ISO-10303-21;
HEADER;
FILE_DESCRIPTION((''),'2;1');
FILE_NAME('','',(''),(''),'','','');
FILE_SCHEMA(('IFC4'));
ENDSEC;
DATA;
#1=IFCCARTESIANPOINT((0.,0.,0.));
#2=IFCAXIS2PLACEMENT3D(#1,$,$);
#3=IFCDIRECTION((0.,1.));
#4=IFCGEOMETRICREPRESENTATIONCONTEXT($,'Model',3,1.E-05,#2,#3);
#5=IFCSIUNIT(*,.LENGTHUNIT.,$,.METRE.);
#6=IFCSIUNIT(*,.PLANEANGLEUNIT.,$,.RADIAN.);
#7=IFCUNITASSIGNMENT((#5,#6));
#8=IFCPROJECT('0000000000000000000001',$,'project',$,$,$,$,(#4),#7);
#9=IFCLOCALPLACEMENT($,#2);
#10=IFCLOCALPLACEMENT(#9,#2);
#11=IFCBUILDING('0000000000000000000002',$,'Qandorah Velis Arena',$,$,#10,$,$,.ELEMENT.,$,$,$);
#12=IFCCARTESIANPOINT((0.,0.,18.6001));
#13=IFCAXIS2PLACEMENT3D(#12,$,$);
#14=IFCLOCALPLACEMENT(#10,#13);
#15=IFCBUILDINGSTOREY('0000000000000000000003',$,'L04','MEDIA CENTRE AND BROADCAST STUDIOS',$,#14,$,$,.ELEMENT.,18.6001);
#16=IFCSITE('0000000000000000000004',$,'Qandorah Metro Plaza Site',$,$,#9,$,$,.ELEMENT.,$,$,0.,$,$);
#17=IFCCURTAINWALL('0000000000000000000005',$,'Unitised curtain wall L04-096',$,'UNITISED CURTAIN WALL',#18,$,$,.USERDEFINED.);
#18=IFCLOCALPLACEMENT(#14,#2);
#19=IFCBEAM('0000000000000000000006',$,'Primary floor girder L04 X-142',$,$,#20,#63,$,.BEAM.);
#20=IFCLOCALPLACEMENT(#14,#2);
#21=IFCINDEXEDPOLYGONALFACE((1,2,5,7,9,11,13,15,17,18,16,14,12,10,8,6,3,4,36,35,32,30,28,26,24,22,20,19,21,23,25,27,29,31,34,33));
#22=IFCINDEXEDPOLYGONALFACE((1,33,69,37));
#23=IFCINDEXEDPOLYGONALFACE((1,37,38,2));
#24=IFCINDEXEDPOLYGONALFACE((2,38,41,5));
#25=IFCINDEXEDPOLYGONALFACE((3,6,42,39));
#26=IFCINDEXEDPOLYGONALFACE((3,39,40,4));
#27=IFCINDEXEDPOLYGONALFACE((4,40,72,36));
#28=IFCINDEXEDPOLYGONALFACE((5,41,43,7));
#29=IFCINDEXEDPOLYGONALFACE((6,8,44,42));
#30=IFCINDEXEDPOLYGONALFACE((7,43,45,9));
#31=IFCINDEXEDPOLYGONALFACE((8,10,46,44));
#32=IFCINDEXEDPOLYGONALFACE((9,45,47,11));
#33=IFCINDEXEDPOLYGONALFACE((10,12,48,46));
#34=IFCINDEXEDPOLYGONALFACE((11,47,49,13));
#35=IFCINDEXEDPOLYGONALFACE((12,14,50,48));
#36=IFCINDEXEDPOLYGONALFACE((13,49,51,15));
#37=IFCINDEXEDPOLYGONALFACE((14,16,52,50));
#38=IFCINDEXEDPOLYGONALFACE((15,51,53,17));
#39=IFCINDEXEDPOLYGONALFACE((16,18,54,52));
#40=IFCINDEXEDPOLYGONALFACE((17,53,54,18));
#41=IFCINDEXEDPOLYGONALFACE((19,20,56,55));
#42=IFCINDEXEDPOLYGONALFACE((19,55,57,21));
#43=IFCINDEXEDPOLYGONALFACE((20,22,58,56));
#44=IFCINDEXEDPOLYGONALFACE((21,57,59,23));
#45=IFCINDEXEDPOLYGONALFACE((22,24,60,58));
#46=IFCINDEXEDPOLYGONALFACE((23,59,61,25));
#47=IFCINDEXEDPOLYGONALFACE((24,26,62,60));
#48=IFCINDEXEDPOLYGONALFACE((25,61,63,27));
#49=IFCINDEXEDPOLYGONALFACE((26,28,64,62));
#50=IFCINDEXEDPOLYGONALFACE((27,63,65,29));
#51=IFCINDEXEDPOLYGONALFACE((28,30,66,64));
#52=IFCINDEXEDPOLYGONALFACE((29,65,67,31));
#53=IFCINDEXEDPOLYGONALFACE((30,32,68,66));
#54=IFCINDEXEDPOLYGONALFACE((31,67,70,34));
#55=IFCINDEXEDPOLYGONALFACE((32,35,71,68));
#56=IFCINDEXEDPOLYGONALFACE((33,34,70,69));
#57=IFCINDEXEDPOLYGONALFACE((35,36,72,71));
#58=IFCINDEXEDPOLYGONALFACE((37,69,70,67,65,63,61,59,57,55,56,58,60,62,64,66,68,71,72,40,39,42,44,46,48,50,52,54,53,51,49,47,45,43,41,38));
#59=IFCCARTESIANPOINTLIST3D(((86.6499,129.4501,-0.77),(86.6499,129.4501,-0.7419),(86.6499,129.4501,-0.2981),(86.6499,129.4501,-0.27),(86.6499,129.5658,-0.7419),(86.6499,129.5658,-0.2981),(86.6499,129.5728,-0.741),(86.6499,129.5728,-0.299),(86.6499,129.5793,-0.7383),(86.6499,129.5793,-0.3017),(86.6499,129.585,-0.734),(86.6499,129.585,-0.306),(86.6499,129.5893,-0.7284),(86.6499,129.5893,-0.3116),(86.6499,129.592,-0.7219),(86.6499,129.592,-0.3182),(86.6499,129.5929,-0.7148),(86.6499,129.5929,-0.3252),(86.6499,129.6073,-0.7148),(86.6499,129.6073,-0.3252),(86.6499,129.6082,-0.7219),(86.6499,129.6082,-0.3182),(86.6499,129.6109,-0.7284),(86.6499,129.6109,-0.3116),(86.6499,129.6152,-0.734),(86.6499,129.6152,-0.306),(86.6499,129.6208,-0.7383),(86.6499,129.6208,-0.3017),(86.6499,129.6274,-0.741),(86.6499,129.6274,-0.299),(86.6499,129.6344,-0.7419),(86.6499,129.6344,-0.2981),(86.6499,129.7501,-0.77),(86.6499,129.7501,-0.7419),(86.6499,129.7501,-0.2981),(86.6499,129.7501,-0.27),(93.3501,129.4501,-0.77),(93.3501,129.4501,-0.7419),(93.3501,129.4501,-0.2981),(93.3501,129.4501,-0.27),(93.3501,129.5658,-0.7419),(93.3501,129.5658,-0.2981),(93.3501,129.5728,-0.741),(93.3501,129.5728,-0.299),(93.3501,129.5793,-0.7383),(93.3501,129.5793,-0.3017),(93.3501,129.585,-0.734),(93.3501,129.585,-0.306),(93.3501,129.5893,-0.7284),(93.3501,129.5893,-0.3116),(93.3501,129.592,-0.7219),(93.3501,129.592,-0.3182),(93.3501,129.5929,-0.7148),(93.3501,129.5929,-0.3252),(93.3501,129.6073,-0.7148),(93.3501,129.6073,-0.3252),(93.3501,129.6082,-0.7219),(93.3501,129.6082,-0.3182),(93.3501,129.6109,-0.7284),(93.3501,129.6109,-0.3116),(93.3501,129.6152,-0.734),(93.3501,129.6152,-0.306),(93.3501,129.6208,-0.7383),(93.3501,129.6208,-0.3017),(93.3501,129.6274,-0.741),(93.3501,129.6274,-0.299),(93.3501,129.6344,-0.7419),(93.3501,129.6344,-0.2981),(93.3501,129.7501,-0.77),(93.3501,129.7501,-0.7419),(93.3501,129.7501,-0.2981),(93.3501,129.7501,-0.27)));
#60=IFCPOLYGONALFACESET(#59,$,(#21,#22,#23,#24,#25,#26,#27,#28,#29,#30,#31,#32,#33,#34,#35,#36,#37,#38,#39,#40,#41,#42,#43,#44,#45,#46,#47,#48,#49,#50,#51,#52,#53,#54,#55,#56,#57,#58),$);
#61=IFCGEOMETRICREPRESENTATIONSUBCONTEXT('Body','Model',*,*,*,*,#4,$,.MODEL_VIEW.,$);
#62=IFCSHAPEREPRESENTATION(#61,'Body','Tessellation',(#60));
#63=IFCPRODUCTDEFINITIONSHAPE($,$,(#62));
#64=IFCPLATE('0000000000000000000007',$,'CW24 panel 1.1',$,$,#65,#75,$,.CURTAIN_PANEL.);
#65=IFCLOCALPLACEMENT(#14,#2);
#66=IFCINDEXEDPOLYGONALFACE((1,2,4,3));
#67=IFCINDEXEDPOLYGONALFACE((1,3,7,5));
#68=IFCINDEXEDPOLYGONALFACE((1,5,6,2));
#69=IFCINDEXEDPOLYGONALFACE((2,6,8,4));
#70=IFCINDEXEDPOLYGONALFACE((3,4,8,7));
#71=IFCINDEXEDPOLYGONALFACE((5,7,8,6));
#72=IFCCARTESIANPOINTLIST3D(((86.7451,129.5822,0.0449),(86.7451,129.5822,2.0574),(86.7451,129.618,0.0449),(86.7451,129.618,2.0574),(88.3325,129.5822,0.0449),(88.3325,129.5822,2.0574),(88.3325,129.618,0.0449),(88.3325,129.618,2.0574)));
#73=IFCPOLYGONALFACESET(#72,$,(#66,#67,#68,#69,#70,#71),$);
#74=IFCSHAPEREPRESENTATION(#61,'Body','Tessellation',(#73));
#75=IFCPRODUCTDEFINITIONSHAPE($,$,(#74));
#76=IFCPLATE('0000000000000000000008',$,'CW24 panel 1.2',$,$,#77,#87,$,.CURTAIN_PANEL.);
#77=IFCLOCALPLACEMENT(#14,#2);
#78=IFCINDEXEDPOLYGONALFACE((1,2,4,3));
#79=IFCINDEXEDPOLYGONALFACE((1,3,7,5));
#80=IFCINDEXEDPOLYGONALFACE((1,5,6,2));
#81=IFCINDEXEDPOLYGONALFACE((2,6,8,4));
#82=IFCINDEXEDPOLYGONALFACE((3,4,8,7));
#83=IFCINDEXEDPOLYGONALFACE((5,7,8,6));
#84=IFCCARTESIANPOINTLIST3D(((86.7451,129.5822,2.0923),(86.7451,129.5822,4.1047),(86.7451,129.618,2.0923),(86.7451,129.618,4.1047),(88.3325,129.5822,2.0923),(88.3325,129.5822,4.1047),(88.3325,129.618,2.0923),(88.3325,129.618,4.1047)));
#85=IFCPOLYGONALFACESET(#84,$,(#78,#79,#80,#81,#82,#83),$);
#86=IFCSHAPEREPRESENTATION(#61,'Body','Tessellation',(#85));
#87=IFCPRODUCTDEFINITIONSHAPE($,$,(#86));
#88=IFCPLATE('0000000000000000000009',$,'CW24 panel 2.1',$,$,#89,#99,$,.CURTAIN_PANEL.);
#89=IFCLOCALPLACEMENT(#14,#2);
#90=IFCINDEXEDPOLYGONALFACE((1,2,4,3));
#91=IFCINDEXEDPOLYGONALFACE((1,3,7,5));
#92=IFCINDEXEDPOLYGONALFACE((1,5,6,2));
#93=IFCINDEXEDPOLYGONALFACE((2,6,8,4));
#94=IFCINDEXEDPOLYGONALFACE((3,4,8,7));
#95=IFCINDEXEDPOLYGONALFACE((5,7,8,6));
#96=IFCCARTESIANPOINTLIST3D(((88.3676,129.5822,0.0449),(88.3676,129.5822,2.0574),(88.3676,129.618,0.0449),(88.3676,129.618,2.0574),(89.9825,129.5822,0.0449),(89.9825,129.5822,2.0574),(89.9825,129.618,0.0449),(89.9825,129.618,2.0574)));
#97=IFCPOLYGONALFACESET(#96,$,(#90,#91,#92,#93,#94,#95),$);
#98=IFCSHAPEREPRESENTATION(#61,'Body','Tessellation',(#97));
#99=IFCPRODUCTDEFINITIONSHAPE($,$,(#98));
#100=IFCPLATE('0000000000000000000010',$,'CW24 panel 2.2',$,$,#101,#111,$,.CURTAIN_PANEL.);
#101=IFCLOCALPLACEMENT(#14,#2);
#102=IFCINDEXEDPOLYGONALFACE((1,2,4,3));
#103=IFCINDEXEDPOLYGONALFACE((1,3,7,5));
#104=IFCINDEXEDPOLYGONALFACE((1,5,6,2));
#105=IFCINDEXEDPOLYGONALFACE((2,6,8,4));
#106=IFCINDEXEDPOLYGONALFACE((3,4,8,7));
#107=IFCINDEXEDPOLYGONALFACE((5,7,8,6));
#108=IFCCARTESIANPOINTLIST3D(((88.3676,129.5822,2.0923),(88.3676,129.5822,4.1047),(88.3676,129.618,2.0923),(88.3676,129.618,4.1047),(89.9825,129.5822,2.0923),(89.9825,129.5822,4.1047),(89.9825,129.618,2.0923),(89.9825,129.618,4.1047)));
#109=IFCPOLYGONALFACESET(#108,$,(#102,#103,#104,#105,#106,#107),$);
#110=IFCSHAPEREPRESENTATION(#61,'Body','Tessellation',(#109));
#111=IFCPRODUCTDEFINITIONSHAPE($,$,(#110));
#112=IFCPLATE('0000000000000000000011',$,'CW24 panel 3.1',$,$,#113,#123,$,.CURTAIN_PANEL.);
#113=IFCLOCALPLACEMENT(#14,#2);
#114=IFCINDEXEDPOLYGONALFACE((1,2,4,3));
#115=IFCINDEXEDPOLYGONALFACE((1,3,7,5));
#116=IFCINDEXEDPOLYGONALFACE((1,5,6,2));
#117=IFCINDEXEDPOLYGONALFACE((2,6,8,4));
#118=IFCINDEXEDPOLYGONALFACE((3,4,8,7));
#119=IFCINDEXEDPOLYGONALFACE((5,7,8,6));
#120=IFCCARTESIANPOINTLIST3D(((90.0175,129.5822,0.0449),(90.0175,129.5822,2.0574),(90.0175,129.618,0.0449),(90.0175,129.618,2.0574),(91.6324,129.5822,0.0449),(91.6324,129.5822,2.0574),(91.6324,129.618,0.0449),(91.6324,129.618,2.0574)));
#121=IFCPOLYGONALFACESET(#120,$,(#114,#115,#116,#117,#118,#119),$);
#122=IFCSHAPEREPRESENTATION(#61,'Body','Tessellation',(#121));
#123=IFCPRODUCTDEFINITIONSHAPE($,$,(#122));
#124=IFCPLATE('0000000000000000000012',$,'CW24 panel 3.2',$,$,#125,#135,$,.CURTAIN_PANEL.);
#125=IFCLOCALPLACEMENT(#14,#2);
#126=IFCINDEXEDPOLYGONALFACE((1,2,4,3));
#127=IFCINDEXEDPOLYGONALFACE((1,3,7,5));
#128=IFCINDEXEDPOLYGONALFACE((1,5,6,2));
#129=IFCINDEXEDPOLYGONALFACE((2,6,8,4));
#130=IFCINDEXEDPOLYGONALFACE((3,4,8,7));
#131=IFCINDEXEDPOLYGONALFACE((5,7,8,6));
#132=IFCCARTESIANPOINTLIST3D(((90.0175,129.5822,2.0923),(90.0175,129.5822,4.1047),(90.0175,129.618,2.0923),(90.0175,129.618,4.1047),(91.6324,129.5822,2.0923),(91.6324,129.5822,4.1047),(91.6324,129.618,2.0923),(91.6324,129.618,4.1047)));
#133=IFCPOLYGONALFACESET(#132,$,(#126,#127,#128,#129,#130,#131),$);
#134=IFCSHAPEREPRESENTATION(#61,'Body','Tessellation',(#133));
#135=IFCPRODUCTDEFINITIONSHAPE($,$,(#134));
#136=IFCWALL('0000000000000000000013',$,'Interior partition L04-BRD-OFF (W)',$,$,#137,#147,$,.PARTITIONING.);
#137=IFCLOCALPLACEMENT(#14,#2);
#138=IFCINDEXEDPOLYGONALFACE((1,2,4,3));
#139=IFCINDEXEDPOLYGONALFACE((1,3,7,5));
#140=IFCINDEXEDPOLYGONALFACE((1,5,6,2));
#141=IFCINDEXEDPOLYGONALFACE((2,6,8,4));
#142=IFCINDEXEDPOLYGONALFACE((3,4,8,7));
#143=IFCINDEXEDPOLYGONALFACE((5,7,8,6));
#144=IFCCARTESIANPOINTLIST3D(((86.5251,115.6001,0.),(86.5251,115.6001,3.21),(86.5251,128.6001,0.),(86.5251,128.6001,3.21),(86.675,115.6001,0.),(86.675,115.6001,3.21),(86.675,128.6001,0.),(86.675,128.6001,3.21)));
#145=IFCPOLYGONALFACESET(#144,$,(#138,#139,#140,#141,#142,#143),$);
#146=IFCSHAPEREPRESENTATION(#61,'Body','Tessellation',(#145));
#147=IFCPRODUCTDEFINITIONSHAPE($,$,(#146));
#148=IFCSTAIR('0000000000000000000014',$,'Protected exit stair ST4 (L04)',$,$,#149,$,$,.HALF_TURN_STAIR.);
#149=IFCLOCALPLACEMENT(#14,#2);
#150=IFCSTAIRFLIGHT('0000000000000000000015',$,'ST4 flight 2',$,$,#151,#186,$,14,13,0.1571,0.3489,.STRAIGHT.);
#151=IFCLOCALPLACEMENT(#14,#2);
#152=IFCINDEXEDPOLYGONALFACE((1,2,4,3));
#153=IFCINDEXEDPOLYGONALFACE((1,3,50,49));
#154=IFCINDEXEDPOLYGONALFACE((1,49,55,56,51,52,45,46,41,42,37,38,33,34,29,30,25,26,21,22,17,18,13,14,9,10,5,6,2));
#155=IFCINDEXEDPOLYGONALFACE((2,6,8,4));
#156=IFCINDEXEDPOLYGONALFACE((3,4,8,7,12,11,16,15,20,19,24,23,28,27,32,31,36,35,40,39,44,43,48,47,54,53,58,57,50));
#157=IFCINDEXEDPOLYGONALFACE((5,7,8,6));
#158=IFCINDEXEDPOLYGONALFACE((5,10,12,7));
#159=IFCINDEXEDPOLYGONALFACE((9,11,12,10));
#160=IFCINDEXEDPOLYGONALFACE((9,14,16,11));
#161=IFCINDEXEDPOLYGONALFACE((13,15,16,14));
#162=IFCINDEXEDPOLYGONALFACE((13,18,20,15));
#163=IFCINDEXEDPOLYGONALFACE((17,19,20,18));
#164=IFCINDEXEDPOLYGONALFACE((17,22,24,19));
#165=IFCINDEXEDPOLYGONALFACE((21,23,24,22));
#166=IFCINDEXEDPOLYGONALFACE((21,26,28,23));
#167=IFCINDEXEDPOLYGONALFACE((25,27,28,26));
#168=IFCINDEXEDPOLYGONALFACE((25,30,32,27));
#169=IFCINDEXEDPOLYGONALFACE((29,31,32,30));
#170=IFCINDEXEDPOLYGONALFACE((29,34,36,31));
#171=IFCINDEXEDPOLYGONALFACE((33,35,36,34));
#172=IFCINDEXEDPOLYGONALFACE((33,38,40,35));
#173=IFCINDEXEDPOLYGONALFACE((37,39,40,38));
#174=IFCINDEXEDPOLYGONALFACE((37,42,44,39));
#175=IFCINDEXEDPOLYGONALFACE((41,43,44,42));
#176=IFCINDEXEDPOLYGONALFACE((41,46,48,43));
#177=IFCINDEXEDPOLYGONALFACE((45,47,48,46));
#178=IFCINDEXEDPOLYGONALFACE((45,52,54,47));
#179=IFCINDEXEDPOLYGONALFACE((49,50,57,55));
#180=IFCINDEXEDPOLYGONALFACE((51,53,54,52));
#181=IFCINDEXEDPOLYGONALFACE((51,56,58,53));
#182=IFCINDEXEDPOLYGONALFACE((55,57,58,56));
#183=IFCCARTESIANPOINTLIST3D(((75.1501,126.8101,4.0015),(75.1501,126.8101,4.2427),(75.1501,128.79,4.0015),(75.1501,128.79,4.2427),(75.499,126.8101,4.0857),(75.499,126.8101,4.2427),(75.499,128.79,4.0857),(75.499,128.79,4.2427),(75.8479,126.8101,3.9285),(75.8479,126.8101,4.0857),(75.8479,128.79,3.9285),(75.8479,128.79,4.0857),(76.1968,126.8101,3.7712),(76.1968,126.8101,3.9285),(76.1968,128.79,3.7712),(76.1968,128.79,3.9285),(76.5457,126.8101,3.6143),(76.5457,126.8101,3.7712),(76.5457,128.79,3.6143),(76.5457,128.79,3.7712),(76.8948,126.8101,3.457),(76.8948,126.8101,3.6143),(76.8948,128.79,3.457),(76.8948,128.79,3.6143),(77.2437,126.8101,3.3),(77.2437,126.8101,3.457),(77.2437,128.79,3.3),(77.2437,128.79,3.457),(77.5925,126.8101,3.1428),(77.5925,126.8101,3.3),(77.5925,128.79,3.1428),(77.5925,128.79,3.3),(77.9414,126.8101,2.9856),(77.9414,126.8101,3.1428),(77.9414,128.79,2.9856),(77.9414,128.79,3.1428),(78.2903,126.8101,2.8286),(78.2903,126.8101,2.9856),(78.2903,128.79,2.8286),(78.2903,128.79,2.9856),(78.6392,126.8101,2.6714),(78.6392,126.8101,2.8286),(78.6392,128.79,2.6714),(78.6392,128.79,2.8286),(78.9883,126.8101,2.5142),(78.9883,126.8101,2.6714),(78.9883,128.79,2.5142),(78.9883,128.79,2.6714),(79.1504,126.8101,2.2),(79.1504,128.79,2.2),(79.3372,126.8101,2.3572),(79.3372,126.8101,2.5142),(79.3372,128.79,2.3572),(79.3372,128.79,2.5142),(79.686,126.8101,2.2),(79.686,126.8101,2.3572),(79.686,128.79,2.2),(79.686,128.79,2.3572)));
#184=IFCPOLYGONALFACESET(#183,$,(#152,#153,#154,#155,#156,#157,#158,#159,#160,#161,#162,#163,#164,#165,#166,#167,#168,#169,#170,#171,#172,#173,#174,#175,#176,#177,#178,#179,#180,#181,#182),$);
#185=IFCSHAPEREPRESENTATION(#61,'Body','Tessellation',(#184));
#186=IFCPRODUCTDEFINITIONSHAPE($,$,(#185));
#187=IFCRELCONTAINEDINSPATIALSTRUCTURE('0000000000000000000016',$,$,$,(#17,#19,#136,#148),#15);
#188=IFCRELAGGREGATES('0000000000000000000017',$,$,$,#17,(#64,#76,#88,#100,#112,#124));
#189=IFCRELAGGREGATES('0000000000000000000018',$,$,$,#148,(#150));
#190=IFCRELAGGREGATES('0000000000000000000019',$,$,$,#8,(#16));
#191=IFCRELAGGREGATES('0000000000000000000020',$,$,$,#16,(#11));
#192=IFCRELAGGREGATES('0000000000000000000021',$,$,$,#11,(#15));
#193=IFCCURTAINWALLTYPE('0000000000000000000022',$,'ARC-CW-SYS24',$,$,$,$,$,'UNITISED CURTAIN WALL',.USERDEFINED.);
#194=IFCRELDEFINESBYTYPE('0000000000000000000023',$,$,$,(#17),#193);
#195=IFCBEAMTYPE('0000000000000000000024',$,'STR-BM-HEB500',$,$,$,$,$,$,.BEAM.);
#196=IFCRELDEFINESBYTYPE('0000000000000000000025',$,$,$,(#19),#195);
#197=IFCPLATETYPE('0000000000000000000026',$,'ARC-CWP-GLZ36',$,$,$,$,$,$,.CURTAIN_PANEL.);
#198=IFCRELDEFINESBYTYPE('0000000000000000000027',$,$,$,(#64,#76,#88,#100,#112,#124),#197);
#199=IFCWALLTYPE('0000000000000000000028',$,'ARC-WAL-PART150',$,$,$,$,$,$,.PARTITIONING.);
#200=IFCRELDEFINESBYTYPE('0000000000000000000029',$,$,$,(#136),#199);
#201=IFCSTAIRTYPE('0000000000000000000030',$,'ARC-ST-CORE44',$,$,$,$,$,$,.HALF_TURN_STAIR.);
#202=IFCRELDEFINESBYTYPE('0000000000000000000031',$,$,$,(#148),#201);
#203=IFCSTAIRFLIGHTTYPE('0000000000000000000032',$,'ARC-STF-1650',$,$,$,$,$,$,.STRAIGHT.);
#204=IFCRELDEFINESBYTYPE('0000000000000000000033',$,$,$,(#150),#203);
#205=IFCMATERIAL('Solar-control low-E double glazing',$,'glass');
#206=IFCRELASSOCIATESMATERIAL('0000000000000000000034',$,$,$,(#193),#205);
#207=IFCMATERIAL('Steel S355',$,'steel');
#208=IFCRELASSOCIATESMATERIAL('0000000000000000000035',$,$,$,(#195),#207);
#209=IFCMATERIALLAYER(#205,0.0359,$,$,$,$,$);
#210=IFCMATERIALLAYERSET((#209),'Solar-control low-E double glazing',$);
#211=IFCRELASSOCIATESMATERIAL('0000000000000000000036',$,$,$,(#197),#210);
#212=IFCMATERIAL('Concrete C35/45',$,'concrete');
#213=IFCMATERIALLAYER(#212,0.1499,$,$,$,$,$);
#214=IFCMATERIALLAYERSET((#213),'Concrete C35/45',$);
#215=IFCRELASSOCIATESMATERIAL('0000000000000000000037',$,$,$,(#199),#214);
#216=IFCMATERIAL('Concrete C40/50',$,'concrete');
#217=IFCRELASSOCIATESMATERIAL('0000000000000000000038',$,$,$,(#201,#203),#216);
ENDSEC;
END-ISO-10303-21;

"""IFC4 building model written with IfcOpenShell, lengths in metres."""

from ifc_helpers import new_model, si_unit, direction, frame, frame_2d, origin, origin_2d, place, context, subcontext, project, spatial, polyline, rectangle, i_section, outline, extrude, material, layer, layer_set, material_profile, profile_set, type_object, element, aggregate, save


model = new_model("IFC4")

# Units and contexts
model_context = context("Model", 3, precision=1e-05, world=origin(), true_north=direction((0.0, 1.0)))
body_context = subcontext(model_context, "Body", "Model", "MODEL_VIEW")
ifc_project = project(units=[si_unit("LENGTHUNIT", "METRE"), si_unit("PLANEANGLEUNIT", "RADIAN")], contexts=[model_context])

# Site, building, storey
site_placement = place(None, origin())
site = spatial("IfcSite", under=ifc_project, at=site_placement, Name="Qandorah Metro Plaza Site", CompositionType="ELEMENT", RefElevation=0.0)
building_placement = place(site_placement, origin())
building = spatial("IfcBuilding", under=site, at=building_placement, Name="Qandorah Velis Arena", CompositionType="ELEMENT")
storey_placement = place(building_placement, frame((0.0, 0.0, 18.6001)))
storey = spatial("IfcBuildingStorey", under=building, at=storey_placement, Name="L04", Description="MEDIA CENTRE AND BROADCAST STUDIOS", CompositionType="ELEMENT", Elevation=18.6001)

# Shared definitions
ifc_material_1 = material(Name="Steel S355", Category="steel")

# Curtain wall
ifc_material_2 = material(Name="Solar-control low-E double glazing", Category="glass")
curtain_wall_type = type_object("IfcCurtainWallType", Name="ARC-CW-SYS24", ElementType="UNITISED CURTAIN WALL", PredefinedType="USERDEFINED", material=ifc_material_2)
curtain_wall_placement = place(storey_placement, origin())
curtain_wall = element("IfcCurtainWall", 1, at=curtain_wall_placement, inside=storey, type_object=curtain_wall_type, Name="Unitised curtain wall L04-096", ObjectType="UNITISED CURTAIN WALL", PredefinedType="USERDEFINED")

# Beam
ifc_material_profile_1 = material_profile(ifc_material_1, i_section(OverallWidth=0.3, OverallDepth=0.5, WebThickness=0.0144, FlangeThickness=0.0281, FilletRadius=0.0271, at=origin_2d()), Name="HEB 500")
ifc_profile_set_1 = profile_set([ifc_material_profile_1], Name="Steel S355")
beam_type = type_object("IfcBeamType", Name="STR-BM-HEB500", PredefinedType="BEAM", material=ifc_profile_set_1)
beam_1_placement = place(storey_placement, frame((86.6499, 129.6001, -0.52), z_axis=(1.0, 0.0, 0.0), x_axis=(0.0, 1.0, 0.0)))
element("IfcBeam", 2, at=beam_1_placement, inside=storey, type_object=beam_type, Name="Primary floor girder L04 X-142", PredefinedType="BEAM", context=body_context, shape_type="SweptSolid", body=[
    extrude(i_section(OverallWidth=0.3, OverallDepth=0.5, WebThickness=0.0144, FlangeThickness=0.0281, FilletRadius=0.0271, at=origin_2d()), origin(), (0.0, 0.0, 1.0), 6.7002),
])

# Plates
ifc_layer_1 = layer(ifc_material_2, 0.0359)
ifc_layer_set_1 = layer_set([ifc_layer_1], Name="Solar-control low-E double glazing")
plate_type = type_object("IfcPlateType", Name="ARC-CWP-GLZ36", PredefinedType="CURTAIN_PANEL", material=ifc_layer_set_1)
plate_1_placement = place(storey_placement, frame((87.5388, 129.6001, 0.0449), z_axis=(0.0, 0.0, 1.0), x_axis=(1.0, 0.0, 0.0)))
plate_1 = element("IfcPlate", 3, at=plate_1_placement, type_object=plate_type, Name="CW24 panel 1.1", PredefinedType="CURTAIN_PANEL", context=body_context, shape_type="SweptSolid", body=[
    extrude(rectangle(XDim=1.5874, YDim=0.0359, at=origin_2d()), origin(), (0.0, 0.0, 1.0), 2.0125),
])
plate_2_placement = place(storey_placement, frame((87.5388, 129.6001, 2.0923), z_axis=(0.0, 0.0, 1.0), x_axis=(1.0, 0.0, 0.0)))
plate_2 = element("IfcPlate", 4, at=plate_2_placement, type_object=plate_type, Name="CW24 panel 1.2", PredefinedType="CURTAIN_PANEL", context=body_context, shape_type="SweptSolid", body=[
    extrude(rectangle(XDim=1.5874, YDim=0.0359, at=origin_2d()), origin(), (0.0, 0.0, 1.0), 2.0125),
])
plate_3_placement = place(storey_placement, frame((89.175, 129.6001, 0.0449), z_axis=(0.0, 0.0, 1.0), x_axis=(1.0, 0.0, 0.0)))
plate_3 = element("IfcPlate", 5, at=plate_3_placement, type_object=plate_type, Name="CW24 panel 2.1", PredefinedType="CURTAIN_PANEL", context=body_context, shape_type="SweptSolid", body=[
    extrude(rectangle(XDim=1.615, YDim=0.0359, at=origin_2d()), origin(), (0.0, 0.0, 1.0), 2.0125),
])
plate_4_placement = place(storey_placement, frame((89.175, 129.6001, 2.0923), z_axis=(0.0, 0.0, 1.0), x_axis=(1.0, 0.0, 0.0)))
plate_4 = element("IfcPlate", 6, at=plate_4_placement, type_object=plate_type, Name="CW24 panel 2.2", PredefinedType="CURTAIN_PANEL", context=body_context, shape_type="SweptSolid", body=[
    extrude(rectangle(XDim=1.615, YDim=0.0359, at=origin_2d()), origin(), (0.0, 0.0, 1.0), 2.0125),
])
plate_5_placement = place(storey_placement, frame((90.825, 129.6001, 0.0449), z_axis=(0.0, 0.0, 1.0), x_axis=(1.0, 0.0, 0.0)))
plate_5 = element("IfcPlate", 7, at=plate_5_placement, type_object=plate_type, Name="CW24 panel 3.1", PredefinedType="CURTAIN_PANEL", context=body_context, shape_type="SweptSolid", body=[
    extrude(rectangle(XDim=1.615, YDim=0.0359, at=origin_2d()), origin(), (0.0, 0.0, 1.0), 2.0125),
])
plate_6_placement = place(storey_placement, frame((90.825, 129.6001, 2.0923), z_axis=(0.0, 0.0, 1.0), x_axis=(1.0, 0.0, 0.0)))
plate_6 = element("IfcPlate", 8, at=plate_6_placement, type_object=plate_type, Name="CW24 panel 3.2", PredefinedType="CURTAIN_PANEL", context=body_context, shape_type="SweptSolid", body=[
    extrude(rectangle(XDim=1.615, YDim=0.0359, at=origin_2d()), origin(), (0.0, 0.0, 1.0), 2.0125),
])
aggregate(curtain_wall, [plate_1, plate_2, plate_3, plate_4, plate_5, plate_6])

# Wall
ifc_material_3 = material(Name="Concrete C35/45", Category="concrete")
ifc_layer_2 = layer(ifc_material_3, 0.1499)
ifc_layer_set_2 = layer_set([ifc_layer_2], Name="Concrete C35/45")
wall_type = type_object("IfcWallType", Name="ARC-WAL-PART150", PredefinedType="PARTITIONING", material=ifc_layer_set_2)
wall_placement = place(storey_placement, frame((86.6001, 128.6001, 0.0), z_axis=(0.0, 0.0, 1.0), x_axis=(0.0, -1.0, 0.0)))
element("IfcWall", 9, at=wall_placement, inside=storey, type_object=wall_type, Name="Interior partition L04-BRD-OFF (W)", PredefinedType="PARTITIONING", context=body_context, shape_type="SweptSolid", body=[
    extrude(rectangle(XDim=13.0, YDim=0.1499, at=frame_2d((6.5, 0.0))), origin(), (0.0, 0.0, 1.0), 3.21),
])

# Stair, stair flight
ifc_material_4 = material(Name="Concrete C40/50", Category="concrete")
stair_type = type_object("IfcStairType", Name="ARC-ST-CORE44", PredefinedType="HALF_TURN_STAIR", material=ifc_material_4)
stair_placement = place(storey_placement, origin())
stair = element("IfcStair", 10, at=stair_placement, inside=storey, type_object=stair_type, Name="Protected exit stair ST4 (L04)", PredefinedType="HALF_TURN_STAIR")
stair_flight_type = type_object("IfcStairFlightType", Name="ARC-STF-1650", PredefinedType="STRAIGHT", material=ifc_material_4)
stair_flight_placement = place(storey_placement, frame((79.686, 127.8, 2.2), z_axis=(0.0, 0.0, 1.0), x_axis=(-1.0, 0.0, 0.0)))
stair_flight = element("IfcStairFlight", 11, at=stair_flight_placement, type_object=stair_flight_type, Name="ST4 flight 2", NumberOfRisers=14, NumberOfTreads=13, PredefinedType="STRAIGHT", RiserHeight=0.1571, TreadLength=0.3489, context=body_context, shape_type="SweptSolid", body=[
    extrude(outline(polyline([(0.0, 0.0), (0.0, 0.1572), (0.3489, 0.1572), (0.3489, 0.3142), (0.6978, 0.3142), (0.6978, 0.4714), (1.0469, 0.4714), (1.0469, 0.6287), (1.3958, 0.6287), (1.3958, 0.7856), (1.7446, 0.7856), (1.7446, 0.9429), (2.0935, 0.9429), (2.0935, 1.1001), (2.4424, 1.1001), (2.4424, 1.2571), (2.7913, 1.2571), (2.7913, 1.4143), (3.1404, 1.4143), (3.1404, 1.5713), (3.4893, 1.5713), (3.4893, 1.7285), (3.8381, 1.7285), (3.8381, 1.8857), (4.187, 1.8857), (4.187, 2.0427), (4.5359, 2.0427), (4.5359, 2.2), (4.5359, 1.8015), (0.5356, 0.0), (0.0, 0.0)])), frame((0.0, 0.99, 0.0), z_axis=(0.0, -1.0, 0.0), x_axis=(1.0, 0.0, 0.0)), (0.0, 0.0, 1.0), 1.98),
])
aggregate(stair, [stair_flight])

save(model, "model.ifc")
